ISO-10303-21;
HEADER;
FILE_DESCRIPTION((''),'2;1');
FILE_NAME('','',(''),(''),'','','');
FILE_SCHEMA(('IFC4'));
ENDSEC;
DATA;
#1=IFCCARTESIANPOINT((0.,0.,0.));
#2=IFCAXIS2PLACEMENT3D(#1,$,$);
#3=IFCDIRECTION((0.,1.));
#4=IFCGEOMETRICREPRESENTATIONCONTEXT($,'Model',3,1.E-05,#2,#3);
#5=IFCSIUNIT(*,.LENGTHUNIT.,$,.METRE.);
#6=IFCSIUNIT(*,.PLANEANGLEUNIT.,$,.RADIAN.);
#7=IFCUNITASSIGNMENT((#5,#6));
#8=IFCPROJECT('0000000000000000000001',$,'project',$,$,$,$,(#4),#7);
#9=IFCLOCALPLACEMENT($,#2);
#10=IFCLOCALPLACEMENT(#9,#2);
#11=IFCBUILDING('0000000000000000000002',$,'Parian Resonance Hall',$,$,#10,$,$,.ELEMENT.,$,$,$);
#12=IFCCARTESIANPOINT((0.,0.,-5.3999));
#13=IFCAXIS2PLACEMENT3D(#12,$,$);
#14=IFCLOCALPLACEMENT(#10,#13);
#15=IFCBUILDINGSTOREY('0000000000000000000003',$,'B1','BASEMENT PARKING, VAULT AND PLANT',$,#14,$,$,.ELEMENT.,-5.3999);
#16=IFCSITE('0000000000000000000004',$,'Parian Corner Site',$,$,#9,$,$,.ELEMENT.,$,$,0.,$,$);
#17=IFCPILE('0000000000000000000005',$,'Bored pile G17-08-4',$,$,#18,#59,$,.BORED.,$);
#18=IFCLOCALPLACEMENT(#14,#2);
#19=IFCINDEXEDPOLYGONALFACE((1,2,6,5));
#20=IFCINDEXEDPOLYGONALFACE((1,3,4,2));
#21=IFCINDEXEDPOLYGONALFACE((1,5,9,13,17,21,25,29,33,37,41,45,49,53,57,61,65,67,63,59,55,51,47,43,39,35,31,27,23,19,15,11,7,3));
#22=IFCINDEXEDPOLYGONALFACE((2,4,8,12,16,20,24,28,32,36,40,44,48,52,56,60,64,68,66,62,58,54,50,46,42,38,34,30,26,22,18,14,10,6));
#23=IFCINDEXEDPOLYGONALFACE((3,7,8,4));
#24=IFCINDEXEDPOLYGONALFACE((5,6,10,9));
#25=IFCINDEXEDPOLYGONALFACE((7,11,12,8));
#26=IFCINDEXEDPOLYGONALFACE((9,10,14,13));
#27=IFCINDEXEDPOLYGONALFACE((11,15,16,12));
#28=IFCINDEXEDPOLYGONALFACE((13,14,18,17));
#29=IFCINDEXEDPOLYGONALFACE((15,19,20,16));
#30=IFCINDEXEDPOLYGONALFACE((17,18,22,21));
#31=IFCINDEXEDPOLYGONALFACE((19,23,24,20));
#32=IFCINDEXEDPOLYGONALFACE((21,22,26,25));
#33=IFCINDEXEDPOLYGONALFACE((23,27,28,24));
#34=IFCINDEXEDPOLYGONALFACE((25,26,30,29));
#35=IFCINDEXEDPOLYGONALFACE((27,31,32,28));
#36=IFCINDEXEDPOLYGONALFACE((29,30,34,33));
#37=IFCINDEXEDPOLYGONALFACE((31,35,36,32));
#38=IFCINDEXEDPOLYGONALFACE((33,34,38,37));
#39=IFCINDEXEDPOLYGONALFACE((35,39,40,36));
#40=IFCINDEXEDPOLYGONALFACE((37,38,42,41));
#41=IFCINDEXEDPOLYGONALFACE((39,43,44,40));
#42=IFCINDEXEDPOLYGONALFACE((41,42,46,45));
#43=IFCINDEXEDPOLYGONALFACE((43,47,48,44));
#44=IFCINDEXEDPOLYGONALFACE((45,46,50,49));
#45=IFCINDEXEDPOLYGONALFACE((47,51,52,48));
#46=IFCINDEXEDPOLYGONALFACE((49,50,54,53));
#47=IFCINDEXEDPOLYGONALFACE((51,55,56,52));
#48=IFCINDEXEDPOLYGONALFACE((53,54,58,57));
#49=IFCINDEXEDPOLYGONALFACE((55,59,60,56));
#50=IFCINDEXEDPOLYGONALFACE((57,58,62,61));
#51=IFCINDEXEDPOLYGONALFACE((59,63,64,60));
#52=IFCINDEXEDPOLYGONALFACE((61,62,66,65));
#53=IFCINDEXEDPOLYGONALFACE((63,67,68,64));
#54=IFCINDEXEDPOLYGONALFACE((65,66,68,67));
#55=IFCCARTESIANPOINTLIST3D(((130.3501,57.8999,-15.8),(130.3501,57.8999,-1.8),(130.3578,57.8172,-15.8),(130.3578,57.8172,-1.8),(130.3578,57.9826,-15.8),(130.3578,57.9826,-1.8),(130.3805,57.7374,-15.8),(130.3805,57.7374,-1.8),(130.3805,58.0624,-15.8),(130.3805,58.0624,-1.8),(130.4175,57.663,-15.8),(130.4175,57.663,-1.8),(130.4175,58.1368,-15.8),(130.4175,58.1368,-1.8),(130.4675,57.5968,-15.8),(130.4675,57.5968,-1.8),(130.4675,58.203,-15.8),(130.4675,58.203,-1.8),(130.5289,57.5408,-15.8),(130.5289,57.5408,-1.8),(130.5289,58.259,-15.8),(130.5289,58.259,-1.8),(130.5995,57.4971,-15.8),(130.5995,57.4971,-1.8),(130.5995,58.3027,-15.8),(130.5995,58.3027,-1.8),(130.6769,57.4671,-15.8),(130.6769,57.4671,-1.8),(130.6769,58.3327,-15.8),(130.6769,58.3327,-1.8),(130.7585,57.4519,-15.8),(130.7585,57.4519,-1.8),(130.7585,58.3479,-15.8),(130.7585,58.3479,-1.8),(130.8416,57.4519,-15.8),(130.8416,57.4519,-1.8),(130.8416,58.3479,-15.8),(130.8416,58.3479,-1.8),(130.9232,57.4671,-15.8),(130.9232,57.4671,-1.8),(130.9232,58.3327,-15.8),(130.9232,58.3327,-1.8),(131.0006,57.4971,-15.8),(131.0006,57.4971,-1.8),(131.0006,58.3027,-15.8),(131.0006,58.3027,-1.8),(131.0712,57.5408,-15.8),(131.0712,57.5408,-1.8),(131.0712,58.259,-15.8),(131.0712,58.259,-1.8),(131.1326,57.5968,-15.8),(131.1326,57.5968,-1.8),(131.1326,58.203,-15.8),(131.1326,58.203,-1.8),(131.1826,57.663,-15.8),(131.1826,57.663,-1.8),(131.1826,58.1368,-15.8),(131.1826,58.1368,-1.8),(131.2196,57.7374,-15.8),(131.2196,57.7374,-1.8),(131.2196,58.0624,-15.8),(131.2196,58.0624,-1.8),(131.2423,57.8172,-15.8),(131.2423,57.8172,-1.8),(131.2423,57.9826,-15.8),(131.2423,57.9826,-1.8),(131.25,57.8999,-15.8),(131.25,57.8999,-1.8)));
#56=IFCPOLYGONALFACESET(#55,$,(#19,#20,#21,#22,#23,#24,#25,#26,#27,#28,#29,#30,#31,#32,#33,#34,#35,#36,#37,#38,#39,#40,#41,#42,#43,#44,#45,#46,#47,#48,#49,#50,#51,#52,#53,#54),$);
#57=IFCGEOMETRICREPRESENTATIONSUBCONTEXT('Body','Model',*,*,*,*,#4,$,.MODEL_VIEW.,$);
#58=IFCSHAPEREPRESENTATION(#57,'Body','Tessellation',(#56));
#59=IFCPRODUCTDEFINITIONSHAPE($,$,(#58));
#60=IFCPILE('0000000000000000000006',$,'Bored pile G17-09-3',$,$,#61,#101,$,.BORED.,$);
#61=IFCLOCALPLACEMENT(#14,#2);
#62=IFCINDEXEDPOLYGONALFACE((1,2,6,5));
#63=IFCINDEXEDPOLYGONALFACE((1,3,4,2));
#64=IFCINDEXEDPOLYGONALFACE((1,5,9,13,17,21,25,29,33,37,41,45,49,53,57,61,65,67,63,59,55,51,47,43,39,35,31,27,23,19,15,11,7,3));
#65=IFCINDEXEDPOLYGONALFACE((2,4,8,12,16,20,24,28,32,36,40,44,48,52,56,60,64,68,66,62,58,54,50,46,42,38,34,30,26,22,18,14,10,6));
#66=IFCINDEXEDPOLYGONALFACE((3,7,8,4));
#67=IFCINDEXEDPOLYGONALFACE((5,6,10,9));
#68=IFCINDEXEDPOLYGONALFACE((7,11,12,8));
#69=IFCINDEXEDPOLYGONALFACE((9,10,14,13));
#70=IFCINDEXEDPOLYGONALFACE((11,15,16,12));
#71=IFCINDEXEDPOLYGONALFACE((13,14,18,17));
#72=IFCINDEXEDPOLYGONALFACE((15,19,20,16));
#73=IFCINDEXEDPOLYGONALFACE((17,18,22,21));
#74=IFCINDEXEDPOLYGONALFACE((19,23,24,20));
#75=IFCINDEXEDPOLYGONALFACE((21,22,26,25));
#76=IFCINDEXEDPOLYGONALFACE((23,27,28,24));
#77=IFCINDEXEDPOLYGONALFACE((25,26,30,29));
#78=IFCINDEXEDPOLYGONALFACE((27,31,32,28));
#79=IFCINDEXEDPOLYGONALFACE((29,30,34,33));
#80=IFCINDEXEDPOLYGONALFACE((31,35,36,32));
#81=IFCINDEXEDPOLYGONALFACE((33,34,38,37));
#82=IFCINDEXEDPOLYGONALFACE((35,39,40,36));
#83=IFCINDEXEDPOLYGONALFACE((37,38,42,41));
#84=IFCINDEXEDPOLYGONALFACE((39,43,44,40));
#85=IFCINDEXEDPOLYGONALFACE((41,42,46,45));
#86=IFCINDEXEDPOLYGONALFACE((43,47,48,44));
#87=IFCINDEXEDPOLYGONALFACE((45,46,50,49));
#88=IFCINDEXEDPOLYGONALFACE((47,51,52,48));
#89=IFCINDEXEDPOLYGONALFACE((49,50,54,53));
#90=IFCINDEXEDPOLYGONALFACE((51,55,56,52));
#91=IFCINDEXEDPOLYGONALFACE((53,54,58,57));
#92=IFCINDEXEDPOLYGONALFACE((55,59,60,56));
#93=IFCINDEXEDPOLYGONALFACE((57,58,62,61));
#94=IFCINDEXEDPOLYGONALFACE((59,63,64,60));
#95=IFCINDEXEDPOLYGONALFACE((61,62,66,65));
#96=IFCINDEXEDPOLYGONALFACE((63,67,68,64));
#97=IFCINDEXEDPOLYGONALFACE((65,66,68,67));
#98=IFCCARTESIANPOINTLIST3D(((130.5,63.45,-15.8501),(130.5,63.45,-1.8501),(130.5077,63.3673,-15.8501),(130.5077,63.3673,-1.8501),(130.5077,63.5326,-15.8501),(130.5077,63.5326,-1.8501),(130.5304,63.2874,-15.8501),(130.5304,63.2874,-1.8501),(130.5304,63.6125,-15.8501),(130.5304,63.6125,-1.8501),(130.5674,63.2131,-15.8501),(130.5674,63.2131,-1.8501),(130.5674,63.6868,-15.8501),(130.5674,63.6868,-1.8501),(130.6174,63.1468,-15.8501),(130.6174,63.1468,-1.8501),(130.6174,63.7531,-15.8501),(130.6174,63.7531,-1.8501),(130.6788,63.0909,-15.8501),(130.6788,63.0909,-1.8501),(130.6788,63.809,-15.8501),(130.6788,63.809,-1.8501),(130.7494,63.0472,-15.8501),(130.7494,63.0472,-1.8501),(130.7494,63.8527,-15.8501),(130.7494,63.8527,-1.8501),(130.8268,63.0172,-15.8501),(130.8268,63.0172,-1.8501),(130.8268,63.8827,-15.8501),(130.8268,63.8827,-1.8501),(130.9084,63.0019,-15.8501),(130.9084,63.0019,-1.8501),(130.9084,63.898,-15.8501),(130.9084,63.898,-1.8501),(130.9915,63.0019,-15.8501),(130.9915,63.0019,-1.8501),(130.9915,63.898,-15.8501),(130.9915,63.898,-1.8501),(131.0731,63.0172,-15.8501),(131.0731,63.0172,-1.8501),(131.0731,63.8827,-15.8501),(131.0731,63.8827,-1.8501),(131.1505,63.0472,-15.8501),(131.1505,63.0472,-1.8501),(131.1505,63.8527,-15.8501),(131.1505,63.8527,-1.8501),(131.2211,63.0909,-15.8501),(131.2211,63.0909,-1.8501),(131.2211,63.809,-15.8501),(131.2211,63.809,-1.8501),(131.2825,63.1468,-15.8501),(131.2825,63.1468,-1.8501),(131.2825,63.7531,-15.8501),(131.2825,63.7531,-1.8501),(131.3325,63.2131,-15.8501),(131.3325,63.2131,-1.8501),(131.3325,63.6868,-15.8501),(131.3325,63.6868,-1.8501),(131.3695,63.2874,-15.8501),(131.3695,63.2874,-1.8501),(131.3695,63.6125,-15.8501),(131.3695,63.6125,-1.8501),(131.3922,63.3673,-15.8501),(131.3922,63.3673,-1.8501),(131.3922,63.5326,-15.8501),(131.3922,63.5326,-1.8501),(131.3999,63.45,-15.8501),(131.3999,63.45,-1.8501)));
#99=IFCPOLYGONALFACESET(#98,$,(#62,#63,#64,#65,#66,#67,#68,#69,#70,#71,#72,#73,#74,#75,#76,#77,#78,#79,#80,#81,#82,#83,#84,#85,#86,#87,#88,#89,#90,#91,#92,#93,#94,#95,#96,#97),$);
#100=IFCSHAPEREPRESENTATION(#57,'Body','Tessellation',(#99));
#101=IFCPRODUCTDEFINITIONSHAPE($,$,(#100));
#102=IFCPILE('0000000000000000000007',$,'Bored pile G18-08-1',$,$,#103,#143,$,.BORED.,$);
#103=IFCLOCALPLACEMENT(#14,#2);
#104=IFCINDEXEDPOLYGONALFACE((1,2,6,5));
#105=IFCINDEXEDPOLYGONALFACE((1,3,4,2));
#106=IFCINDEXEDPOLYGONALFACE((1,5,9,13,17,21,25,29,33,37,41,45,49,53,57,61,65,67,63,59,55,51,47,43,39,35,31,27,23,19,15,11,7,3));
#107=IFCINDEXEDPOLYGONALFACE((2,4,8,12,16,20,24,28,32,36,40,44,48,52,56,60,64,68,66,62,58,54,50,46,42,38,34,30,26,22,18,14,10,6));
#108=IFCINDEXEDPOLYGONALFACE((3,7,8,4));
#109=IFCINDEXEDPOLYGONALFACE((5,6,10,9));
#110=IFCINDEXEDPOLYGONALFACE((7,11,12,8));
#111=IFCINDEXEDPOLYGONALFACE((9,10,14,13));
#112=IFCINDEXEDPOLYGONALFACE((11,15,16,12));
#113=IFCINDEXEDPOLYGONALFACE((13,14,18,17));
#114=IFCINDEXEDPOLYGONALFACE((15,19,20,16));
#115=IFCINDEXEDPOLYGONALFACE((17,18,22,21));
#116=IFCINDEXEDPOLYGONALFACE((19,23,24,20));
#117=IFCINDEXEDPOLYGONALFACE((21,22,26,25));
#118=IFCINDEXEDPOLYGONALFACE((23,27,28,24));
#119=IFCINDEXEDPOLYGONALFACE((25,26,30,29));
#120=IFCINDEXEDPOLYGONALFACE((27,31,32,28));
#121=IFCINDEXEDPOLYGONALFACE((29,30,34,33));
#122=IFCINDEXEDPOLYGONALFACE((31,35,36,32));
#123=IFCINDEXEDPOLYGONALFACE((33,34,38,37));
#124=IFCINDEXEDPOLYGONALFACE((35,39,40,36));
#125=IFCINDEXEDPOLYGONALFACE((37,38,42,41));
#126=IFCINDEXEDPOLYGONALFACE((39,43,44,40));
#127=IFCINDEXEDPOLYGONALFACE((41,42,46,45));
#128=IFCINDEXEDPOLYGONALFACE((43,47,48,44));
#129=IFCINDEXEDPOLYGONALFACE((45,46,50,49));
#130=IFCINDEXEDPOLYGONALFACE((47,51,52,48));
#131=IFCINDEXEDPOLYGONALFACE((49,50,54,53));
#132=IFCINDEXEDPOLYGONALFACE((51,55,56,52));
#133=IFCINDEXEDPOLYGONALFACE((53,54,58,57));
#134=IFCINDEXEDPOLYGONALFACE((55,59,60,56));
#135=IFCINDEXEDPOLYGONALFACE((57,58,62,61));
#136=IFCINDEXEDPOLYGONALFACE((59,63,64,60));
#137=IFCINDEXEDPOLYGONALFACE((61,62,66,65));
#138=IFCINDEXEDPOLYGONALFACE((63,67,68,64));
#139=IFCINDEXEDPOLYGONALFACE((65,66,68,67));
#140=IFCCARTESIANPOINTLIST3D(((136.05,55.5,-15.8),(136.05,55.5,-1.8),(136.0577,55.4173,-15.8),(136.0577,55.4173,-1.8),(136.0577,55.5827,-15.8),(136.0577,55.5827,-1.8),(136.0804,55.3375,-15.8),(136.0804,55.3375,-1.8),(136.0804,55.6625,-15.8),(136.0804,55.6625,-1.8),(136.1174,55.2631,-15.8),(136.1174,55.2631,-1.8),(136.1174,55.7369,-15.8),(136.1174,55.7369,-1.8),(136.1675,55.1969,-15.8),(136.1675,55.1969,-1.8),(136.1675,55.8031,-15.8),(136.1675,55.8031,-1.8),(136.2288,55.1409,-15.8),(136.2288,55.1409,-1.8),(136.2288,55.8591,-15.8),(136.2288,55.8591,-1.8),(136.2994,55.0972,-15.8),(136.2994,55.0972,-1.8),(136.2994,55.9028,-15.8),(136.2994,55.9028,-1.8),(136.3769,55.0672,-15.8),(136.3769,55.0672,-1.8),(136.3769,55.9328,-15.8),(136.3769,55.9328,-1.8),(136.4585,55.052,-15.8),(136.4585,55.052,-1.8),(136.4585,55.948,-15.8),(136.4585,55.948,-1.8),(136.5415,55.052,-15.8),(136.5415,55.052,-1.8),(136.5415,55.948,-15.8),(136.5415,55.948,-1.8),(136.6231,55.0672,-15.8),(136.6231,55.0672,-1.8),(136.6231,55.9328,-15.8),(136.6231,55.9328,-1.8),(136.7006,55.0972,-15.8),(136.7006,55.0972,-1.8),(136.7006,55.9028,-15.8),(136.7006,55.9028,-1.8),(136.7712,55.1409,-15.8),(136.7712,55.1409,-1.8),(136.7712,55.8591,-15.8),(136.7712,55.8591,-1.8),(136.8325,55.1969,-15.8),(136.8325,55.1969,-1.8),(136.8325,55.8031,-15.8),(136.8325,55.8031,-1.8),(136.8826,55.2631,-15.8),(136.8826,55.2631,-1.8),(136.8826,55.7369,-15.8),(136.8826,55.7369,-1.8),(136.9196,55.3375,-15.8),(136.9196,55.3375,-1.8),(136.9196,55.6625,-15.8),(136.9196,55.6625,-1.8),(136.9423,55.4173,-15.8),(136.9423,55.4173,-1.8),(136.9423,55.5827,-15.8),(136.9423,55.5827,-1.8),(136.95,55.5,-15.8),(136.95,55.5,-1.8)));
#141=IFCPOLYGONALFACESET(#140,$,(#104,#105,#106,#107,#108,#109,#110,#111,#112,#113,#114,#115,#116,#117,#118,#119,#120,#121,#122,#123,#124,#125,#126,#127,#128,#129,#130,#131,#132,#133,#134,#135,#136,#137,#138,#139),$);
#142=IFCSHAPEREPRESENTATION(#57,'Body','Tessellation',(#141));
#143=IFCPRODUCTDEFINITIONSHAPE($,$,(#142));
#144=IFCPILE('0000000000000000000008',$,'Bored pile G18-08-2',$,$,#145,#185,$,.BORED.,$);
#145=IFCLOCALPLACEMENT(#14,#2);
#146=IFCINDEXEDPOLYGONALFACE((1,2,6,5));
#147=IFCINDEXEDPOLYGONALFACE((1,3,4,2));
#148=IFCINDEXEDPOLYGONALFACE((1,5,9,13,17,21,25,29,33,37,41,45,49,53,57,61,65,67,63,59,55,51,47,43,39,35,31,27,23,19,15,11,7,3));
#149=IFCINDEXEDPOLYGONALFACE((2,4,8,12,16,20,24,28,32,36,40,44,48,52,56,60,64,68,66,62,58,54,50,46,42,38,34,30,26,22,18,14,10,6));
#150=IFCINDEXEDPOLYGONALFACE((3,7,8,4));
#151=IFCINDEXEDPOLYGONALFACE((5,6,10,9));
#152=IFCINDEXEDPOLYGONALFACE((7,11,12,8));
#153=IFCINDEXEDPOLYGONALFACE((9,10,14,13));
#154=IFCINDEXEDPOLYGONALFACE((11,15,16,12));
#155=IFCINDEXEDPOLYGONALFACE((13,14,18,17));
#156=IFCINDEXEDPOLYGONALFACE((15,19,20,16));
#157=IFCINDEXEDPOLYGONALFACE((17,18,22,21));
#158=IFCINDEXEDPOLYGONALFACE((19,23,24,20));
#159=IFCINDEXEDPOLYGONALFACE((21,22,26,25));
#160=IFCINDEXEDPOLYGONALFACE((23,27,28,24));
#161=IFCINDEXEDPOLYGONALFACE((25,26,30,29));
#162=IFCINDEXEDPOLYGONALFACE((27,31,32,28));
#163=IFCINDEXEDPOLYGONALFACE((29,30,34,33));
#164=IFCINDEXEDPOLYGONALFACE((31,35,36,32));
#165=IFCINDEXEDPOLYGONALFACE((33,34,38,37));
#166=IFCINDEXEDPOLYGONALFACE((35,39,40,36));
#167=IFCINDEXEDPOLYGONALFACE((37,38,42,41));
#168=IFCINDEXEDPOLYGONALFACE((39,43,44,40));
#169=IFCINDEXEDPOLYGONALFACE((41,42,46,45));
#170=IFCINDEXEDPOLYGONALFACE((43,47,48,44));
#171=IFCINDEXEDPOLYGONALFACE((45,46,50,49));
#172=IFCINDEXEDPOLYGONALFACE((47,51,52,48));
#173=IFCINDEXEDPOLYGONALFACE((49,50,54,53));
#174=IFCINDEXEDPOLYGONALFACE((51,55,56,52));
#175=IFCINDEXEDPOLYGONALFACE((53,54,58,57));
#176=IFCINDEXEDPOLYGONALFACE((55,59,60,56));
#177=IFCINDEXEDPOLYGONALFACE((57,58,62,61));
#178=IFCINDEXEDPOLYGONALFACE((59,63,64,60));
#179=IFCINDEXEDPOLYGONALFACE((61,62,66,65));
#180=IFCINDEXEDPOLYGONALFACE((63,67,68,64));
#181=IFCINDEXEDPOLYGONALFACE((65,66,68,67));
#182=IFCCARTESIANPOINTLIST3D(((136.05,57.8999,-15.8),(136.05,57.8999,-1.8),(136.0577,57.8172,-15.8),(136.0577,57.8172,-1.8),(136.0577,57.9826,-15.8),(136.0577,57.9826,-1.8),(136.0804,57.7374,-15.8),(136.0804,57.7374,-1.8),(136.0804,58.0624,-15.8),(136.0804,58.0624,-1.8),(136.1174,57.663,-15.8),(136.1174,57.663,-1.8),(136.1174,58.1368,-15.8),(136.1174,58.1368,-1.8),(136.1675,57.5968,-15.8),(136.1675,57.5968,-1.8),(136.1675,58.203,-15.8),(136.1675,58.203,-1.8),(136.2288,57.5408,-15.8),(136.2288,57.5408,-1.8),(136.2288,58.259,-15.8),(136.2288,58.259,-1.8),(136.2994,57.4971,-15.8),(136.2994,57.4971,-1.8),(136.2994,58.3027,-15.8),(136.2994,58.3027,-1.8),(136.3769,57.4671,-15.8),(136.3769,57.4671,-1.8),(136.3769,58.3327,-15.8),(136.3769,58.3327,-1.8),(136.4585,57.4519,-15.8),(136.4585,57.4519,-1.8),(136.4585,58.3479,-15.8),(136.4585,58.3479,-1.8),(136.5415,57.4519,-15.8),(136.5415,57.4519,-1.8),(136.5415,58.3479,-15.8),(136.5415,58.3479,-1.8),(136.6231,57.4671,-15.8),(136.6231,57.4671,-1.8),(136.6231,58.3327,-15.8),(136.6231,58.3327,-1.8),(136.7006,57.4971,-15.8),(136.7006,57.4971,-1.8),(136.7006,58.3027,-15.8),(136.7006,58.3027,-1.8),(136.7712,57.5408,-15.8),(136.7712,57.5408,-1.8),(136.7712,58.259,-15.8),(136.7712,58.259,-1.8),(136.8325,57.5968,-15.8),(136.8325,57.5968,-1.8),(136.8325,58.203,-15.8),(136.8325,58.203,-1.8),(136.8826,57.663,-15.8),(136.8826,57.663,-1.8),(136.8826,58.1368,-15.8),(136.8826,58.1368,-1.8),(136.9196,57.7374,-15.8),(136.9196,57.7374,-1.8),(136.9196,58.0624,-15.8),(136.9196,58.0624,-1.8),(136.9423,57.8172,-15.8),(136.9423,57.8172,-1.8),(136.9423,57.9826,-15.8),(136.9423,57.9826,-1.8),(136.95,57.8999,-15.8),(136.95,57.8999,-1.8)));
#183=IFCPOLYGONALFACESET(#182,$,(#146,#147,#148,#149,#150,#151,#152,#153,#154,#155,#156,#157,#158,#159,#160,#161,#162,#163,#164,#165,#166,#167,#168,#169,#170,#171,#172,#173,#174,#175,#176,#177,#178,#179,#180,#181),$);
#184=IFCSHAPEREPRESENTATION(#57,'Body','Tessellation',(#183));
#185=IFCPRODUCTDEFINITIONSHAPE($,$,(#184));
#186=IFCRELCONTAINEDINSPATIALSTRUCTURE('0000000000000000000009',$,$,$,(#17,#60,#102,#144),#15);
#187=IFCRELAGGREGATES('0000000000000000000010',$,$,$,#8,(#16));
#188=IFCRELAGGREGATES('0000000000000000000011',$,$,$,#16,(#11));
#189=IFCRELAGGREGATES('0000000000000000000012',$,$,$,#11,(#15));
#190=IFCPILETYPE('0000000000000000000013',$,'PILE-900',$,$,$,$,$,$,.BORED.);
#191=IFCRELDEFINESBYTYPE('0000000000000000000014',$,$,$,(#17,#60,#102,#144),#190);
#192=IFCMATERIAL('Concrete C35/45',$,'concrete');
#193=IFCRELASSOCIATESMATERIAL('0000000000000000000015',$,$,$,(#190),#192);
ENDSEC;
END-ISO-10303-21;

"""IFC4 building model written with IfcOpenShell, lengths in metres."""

from ifc_helpers import new_model, si_unit, direction, frame, origin, origin_2d, place, context, subcontext, project, spatial, circle, extrude, material, material_profile, profile_set, type_object, element, save


model = new_model("IFC4")

# Units and contexts
model_context = context("Model", 3, precision=1e-05, world=origin(), true_north=direction((0.0, 1.0)))
body_context = subcontext(model_context, "Body", "Model", "MODEL_VIEW")
ifc_project = project(units=[si_unit("LENGTHUNIT", "METRE"), si_unit("PLANEANGLEUNIT", "RADIAN")], contexts=[model_context])

# Site, building, storey
site_placement = place(None, origin())
site = spatial("IfcSite", under=ifc_project, at=site_placement, Name="Parian Corner Site", CompositionType="ELEMENT", RefElevation=0.0)
building_placement = place(site_placement, origin())
building = spatial("IfcBuilding", under=site, at=building_placement, Name="Parian Resonance Hall", CompositionType="ELEMENT")
storey_placement = place(building_placement, frame((0.0, 0.0, -5.3999)))
storey = spatial("IfcBuildingStorey", under=building, at=storey_placement, Name="B1", Description="BASEMENT PARKING, VAULT AND PLANT", CompositionType="ELEMENT", Elevation=-5.3999)

# Piles
ifc_material_1 = material(Name="Concrete C35/45", Category="concrete")
ifc_material_profile_1 = material_profile(ifc_material_1, circle(Radius=0.45, at=origin_2d()), Name="PILE-D900")
ifc_profile_set_1 = profile_set([ifc_material_profile_1], Name="Concrete C35/45")
pile_type = type_object("IfcPileType", Name="PILE-900", PredefinedType="BORED", material=ifc_profile_set_1)
for number, where, z_axis, x_axis, name in (
    (1, (130.8, 57.8999, -1.8), (0.0, 0.0, -1.0), (1.0, 0.0, 0.0), "Bored pile G17-08-4"),
    (2, (130.95, 63.45, -1.8501), (0.0, 0.0, -1.0), (1.0, 0.0, 0.0), "Bored pile G17-09-3"),
    (3, (136.5, 55.5, -1.8), (0.0, 0.0, -1.0), (1.0, 0.0, 0.0), "Bored pile G18-08-1"),
    (4, (136.5, 57.8999, -1.8), (0.0, 0.0, -1.0), (1.0, 0.0, 0.0), "Bored pile G18-08-2"),
):
    element("IfcPile", number, at=place(storey_placement, frame(where, z_axis=z_axis, x_axis=x_axis)), inside=storey, type_object=pile_type, Name=name, PredefinedType="BORED", context=body_context, shape_type="SweptSolid", body=[
        extrude(circle(Radius=0.45, at=origin_2d()), origin(), (0.0, 0.0, 1.0), 14.0),
    ])

save(model, "model.ifc")
